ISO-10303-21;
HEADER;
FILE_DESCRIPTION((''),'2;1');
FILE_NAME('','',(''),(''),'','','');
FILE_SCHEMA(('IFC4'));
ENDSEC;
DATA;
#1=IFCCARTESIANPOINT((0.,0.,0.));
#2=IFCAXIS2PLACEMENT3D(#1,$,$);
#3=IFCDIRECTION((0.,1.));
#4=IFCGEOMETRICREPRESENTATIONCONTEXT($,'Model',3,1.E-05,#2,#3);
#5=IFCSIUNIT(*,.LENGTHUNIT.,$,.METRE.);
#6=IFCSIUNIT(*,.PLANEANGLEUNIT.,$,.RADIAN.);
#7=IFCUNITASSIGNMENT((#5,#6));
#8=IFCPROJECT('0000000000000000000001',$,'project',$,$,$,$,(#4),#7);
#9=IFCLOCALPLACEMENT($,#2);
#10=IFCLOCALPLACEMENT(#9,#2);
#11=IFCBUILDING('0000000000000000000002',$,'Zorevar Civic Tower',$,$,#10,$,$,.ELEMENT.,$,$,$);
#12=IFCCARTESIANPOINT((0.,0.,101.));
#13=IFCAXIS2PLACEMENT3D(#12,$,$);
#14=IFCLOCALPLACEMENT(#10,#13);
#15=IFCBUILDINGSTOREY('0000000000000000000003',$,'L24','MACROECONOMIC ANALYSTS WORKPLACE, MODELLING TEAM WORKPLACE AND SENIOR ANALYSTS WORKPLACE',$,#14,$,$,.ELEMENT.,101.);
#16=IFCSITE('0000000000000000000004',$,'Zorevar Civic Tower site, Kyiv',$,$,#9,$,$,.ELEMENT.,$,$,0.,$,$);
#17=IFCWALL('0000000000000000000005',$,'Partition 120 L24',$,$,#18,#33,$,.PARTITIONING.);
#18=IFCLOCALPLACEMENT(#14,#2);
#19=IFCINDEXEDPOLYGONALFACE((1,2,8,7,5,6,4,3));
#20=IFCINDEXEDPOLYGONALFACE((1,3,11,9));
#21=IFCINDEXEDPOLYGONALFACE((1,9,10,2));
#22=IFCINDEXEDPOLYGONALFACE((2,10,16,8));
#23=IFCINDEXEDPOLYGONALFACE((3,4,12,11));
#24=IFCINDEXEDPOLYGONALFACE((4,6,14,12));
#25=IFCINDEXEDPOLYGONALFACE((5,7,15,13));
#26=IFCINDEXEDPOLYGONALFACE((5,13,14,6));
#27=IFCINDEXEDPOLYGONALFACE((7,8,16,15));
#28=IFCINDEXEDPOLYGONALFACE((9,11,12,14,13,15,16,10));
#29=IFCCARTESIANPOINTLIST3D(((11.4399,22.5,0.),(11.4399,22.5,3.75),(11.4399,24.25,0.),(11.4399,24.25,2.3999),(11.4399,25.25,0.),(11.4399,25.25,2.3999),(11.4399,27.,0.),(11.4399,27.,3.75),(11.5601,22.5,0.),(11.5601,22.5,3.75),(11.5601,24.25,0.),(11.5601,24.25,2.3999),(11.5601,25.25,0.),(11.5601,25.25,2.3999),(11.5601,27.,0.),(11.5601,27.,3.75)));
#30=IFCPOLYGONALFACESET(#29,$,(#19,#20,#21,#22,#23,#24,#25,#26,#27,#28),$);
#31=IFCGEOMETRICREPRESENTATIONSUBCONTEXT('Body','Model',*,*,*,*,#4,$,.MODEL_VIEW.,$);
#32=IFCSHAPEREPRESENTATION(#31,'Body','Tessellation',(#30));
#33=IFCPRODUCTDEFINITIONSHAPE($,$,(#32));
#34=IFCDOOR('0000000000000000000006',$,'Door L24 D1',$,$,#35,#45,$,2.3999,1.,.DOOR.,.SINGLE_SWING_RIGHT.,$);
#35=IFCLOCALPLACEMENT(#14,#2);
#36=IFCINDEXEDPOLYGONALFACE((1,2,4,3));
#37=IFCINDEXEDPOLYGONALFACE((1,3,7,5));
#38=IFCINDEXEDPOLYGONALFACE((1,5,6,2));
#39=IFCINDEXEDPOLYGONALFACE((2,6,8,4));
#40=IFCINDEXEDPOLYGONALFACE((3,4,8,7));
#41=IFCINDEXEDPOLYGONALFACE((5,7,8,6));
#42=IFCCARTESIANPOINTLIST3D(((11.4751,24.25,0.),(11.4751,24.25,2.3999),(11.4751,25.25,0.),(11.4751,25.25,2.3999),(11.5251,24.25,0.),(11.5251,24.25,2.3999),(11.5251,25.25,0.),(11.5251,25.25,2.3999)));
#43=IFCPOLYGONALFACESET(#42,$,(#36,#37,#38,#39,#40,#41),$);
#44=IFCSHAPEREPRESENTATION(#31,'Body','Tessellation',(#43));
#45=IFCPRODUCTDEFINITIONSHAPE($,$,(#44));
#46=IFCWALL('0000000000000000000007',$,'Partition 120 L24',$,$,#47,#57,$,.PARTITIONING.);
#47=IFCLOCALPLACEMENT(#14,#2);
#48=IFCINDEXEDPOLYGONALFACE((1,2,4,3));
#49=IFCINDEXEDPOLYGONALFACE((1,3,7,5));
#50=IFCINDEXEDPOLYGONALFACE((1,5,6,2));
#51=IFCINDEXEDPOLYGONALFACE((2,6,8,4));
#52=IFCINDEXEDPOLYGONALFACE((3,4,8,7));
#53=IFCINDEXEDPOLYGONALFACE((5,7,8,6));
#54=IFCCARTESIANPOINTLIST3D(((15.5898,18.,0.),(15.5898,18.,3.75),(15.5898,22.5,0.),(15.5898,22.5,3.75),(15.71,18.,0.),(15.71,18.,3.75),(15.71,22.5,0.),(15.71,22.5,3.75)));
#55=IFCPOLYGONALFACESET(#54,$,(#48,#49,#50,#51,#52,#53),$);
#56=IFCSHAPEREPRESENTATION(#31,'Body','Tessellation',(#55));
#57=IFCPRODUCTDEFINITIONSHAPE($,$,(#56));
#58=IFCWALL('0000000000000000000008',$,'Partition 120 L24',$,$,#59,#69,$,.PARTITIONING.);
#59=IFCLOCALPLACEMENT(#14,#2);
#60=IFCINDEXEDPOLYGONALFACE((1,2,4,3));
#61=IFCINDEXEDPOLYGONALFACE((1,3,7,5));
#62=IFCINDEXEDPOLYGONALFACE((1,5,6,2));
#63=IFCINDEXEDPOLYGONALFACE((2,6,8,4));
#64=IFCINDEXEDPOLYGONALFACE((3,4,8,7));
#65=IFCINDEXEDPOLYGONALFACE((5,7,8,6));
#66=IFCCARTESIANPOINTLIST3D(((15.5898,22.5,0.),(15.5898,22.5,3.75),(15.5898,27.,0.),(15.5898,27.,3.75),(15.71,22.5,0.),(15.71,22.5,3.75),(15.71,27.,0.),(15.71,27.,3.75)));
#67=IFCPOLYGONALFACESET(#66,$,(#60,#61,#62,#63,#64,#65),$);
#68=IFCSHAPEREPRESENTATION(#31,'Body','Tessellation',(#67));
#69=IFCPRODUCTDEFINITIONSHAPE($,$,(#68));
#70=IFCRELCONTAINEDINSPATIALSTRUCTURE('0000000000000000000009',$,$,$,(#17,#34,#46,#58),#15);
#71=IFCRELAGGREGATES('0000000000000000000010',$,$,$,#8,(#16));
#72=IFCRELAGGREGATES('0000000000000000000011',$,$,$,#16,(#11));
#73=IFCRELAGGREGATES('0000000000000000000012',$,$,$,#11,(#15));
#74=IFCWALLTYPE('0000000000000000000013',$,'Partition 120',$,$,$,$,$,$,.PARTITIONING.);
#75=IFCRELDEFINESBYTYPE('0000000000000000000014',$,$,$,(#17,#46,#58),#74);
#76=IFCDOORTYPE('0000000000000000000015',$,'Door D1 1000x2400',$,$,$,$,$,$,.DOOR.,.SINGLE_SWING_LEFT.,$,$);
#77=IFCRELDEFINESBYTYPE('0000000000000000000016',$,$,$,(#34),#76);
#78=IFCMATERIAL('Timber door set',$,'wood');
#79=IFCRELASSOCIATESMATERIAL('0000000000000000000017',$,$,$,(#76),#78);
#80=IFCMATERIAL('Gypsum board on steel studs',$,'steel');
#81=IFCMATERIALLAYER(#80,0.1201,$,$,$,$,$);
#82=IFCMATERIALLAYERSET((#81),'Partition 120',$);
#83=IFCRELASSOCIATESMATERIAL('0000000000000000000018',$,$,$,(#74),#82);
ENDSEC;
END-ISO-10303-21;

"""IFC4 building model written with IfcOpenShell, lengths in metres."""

from ifc_helpers import new_model, si_unit, direction, frame, frame_2d, origin, place, context, subcontext, project, spatial, rectangle, extrude, material, layer, layer_set, type_object, element, fill, save


model = new_model("IFC4")

# Units and contexts
model_context = context("Model", 3, precision=1e-05, world=origin(), true_north=direction((0.0, 1.0)))
body_context = subcontext(model_context, "Body", "Model", "MODEL_VIEW")
ifc_project = project(units=[si_unit("LENGTHUNIT", "METRE"), si_unit("PLANEANGLEUNIT", "RADIAN")], contexts=[model_context])

# Site, building, storey
site_placement = place(None, origin())
site = spatial("IfcSite", under=ifc_project, at=site_placement, Name="Zorevar Civic Tower site, Kyiv", CompositionType="ELEMENT", RefElevation=0.0)
building_placement = place(site_placement, origin())
building = spatial("IfcBuilding", under=site, at=building_placement, Name="Zorevar Civic Tower", CompositionType="ELEMENT")
storey_placement = place(building_placement, frame((0.0, 0.0, 101.0)))
storey = spatial("IfcBuildingStorey", under=building, at=storey_placement, Name="L24", Description="MACROECONOMIC ANALYSTS WORKPLACE, MODELLING TEAM WORKPLACE AND SENIOR ANALYSTS WORKPLACE", CompositionType="ELEMENT", Elevation=101.0)

# Shared definitions
ifc_material_1 = material(Name="Timber door set", Category="wood")
door_type_1 = type_object("IfcDoorType", Name="Door D1 1000x2400", OperationType="SINGLE_SWING_LEFT", PredefinedType="DOOR", material=ifc_material_1)

# Shared definitions
ifc_material_2 = material(Name="Gypsum board on steel studs", Category="steel")
ifc_layer_1 = layer(ifc_material_2, 0.1201)
ifc_layer_set_1 = layer_set([ifc_layer_1], Name="Partition 120")
wall_type_1 = type_object("IfcWallType", Name="Partition 120", PredefinedType="PARTITIONING", material=ifc_layer_set_1)

# Wall, opening, door
wall_1_placement = place(storey_placement, frame((11.5, 22.5, 0.0), z_axis=(0.0, 0.0, 1.0), x_axis=(0.0, 1.0, 0.0)))
wall_1 = element("IfcWall", 1, at=wall_1_placement, inside=storey, type_object=wall_type_1, Name="Partition 120 L24", PredefinedType="PARTITIONING", context=body_context, shape_type="SweptSolid", body=[
    extrude(rectangle(XDim=4.5, YDim=0.1201, at=frame_2d((2.25, 0.0))), origin(), (0.0, 0.0, 1.0), 3.75),
])
opening_1_placement = place(wall_1_placement, frame((1.75, 0.0, 0.0)))
opening_1 = element("IfcOpeningElement", 2, at=opening_1_placement, cuts=wall_1, PredefinedType="OPENING", context=body_context, shape_type="SweptSolid", body=[
    extrude(rectangle(XDim=1.0, YDim=2.3999, at=frame_2d((0.5, 1.2))), frame((0.0, 0.0701, 0.0), z_axis=(0.0, -1.0, 0.0), x_axis=(1.0, 0.0, 0.0)), (0.0, 0.0, 1.0), 0.1401),
])
door_1_placement = place(opening_1_placement, origin())
door_1 = element("IfcDoor", 3, at=door_1_placement, inside=storey, type_object=door_type_1, Name="Door L24 D1", OperationType="SINGLE_SWING_RIGHT", OverallHeight=2.3999, OverallWidth=1.0, PredefinedType="DOOR", context=body_context, shape_type="SweptSolid", body=[
    extrude(rectangle(XDim=1.0, YDim=2.3999, at=frame_2d((0.5, 1.2))), frame((0.0, 0.0249, 0.0), z_axis=(0.0, -1.0, 0.0), x_axis=(1.0, 0.0, 0.0)), (0.0, 0.0, 1.0), 0.05),
])
fill(opening_1, door_1)

# Walls
for number, where, z_axis, x_axis, name in (
    (4, (15.6499, 18.0, 0.0), (0.0, 0.0, 1.0), (0.0, 1.0, 0.0), "Partition 120 L24"),
    (5, (15.6499, 22.5, 0.0), (0.0, 0.0, 1.0), (0.0, 1.0, 0.0), "Partition 120 L24"),
):
    element("IfcWall", number, at=place(storey_placement, frame(where, z_axis=z_axis, x_axis=x_axis)), inside=storey, type_object=wall_type_1, Name=name, PredefinedType="PARTITIONING", context=body_context, shape_type="SweptSolid", body=[
        extrude(rectangle(XDim=4.5, YDim=0.1201, at=frame_2d((2.25, 0.0))), origin(), (0.0, 0.0, 1.0), 3.75),
    ])

save(model, "model.ifc")
